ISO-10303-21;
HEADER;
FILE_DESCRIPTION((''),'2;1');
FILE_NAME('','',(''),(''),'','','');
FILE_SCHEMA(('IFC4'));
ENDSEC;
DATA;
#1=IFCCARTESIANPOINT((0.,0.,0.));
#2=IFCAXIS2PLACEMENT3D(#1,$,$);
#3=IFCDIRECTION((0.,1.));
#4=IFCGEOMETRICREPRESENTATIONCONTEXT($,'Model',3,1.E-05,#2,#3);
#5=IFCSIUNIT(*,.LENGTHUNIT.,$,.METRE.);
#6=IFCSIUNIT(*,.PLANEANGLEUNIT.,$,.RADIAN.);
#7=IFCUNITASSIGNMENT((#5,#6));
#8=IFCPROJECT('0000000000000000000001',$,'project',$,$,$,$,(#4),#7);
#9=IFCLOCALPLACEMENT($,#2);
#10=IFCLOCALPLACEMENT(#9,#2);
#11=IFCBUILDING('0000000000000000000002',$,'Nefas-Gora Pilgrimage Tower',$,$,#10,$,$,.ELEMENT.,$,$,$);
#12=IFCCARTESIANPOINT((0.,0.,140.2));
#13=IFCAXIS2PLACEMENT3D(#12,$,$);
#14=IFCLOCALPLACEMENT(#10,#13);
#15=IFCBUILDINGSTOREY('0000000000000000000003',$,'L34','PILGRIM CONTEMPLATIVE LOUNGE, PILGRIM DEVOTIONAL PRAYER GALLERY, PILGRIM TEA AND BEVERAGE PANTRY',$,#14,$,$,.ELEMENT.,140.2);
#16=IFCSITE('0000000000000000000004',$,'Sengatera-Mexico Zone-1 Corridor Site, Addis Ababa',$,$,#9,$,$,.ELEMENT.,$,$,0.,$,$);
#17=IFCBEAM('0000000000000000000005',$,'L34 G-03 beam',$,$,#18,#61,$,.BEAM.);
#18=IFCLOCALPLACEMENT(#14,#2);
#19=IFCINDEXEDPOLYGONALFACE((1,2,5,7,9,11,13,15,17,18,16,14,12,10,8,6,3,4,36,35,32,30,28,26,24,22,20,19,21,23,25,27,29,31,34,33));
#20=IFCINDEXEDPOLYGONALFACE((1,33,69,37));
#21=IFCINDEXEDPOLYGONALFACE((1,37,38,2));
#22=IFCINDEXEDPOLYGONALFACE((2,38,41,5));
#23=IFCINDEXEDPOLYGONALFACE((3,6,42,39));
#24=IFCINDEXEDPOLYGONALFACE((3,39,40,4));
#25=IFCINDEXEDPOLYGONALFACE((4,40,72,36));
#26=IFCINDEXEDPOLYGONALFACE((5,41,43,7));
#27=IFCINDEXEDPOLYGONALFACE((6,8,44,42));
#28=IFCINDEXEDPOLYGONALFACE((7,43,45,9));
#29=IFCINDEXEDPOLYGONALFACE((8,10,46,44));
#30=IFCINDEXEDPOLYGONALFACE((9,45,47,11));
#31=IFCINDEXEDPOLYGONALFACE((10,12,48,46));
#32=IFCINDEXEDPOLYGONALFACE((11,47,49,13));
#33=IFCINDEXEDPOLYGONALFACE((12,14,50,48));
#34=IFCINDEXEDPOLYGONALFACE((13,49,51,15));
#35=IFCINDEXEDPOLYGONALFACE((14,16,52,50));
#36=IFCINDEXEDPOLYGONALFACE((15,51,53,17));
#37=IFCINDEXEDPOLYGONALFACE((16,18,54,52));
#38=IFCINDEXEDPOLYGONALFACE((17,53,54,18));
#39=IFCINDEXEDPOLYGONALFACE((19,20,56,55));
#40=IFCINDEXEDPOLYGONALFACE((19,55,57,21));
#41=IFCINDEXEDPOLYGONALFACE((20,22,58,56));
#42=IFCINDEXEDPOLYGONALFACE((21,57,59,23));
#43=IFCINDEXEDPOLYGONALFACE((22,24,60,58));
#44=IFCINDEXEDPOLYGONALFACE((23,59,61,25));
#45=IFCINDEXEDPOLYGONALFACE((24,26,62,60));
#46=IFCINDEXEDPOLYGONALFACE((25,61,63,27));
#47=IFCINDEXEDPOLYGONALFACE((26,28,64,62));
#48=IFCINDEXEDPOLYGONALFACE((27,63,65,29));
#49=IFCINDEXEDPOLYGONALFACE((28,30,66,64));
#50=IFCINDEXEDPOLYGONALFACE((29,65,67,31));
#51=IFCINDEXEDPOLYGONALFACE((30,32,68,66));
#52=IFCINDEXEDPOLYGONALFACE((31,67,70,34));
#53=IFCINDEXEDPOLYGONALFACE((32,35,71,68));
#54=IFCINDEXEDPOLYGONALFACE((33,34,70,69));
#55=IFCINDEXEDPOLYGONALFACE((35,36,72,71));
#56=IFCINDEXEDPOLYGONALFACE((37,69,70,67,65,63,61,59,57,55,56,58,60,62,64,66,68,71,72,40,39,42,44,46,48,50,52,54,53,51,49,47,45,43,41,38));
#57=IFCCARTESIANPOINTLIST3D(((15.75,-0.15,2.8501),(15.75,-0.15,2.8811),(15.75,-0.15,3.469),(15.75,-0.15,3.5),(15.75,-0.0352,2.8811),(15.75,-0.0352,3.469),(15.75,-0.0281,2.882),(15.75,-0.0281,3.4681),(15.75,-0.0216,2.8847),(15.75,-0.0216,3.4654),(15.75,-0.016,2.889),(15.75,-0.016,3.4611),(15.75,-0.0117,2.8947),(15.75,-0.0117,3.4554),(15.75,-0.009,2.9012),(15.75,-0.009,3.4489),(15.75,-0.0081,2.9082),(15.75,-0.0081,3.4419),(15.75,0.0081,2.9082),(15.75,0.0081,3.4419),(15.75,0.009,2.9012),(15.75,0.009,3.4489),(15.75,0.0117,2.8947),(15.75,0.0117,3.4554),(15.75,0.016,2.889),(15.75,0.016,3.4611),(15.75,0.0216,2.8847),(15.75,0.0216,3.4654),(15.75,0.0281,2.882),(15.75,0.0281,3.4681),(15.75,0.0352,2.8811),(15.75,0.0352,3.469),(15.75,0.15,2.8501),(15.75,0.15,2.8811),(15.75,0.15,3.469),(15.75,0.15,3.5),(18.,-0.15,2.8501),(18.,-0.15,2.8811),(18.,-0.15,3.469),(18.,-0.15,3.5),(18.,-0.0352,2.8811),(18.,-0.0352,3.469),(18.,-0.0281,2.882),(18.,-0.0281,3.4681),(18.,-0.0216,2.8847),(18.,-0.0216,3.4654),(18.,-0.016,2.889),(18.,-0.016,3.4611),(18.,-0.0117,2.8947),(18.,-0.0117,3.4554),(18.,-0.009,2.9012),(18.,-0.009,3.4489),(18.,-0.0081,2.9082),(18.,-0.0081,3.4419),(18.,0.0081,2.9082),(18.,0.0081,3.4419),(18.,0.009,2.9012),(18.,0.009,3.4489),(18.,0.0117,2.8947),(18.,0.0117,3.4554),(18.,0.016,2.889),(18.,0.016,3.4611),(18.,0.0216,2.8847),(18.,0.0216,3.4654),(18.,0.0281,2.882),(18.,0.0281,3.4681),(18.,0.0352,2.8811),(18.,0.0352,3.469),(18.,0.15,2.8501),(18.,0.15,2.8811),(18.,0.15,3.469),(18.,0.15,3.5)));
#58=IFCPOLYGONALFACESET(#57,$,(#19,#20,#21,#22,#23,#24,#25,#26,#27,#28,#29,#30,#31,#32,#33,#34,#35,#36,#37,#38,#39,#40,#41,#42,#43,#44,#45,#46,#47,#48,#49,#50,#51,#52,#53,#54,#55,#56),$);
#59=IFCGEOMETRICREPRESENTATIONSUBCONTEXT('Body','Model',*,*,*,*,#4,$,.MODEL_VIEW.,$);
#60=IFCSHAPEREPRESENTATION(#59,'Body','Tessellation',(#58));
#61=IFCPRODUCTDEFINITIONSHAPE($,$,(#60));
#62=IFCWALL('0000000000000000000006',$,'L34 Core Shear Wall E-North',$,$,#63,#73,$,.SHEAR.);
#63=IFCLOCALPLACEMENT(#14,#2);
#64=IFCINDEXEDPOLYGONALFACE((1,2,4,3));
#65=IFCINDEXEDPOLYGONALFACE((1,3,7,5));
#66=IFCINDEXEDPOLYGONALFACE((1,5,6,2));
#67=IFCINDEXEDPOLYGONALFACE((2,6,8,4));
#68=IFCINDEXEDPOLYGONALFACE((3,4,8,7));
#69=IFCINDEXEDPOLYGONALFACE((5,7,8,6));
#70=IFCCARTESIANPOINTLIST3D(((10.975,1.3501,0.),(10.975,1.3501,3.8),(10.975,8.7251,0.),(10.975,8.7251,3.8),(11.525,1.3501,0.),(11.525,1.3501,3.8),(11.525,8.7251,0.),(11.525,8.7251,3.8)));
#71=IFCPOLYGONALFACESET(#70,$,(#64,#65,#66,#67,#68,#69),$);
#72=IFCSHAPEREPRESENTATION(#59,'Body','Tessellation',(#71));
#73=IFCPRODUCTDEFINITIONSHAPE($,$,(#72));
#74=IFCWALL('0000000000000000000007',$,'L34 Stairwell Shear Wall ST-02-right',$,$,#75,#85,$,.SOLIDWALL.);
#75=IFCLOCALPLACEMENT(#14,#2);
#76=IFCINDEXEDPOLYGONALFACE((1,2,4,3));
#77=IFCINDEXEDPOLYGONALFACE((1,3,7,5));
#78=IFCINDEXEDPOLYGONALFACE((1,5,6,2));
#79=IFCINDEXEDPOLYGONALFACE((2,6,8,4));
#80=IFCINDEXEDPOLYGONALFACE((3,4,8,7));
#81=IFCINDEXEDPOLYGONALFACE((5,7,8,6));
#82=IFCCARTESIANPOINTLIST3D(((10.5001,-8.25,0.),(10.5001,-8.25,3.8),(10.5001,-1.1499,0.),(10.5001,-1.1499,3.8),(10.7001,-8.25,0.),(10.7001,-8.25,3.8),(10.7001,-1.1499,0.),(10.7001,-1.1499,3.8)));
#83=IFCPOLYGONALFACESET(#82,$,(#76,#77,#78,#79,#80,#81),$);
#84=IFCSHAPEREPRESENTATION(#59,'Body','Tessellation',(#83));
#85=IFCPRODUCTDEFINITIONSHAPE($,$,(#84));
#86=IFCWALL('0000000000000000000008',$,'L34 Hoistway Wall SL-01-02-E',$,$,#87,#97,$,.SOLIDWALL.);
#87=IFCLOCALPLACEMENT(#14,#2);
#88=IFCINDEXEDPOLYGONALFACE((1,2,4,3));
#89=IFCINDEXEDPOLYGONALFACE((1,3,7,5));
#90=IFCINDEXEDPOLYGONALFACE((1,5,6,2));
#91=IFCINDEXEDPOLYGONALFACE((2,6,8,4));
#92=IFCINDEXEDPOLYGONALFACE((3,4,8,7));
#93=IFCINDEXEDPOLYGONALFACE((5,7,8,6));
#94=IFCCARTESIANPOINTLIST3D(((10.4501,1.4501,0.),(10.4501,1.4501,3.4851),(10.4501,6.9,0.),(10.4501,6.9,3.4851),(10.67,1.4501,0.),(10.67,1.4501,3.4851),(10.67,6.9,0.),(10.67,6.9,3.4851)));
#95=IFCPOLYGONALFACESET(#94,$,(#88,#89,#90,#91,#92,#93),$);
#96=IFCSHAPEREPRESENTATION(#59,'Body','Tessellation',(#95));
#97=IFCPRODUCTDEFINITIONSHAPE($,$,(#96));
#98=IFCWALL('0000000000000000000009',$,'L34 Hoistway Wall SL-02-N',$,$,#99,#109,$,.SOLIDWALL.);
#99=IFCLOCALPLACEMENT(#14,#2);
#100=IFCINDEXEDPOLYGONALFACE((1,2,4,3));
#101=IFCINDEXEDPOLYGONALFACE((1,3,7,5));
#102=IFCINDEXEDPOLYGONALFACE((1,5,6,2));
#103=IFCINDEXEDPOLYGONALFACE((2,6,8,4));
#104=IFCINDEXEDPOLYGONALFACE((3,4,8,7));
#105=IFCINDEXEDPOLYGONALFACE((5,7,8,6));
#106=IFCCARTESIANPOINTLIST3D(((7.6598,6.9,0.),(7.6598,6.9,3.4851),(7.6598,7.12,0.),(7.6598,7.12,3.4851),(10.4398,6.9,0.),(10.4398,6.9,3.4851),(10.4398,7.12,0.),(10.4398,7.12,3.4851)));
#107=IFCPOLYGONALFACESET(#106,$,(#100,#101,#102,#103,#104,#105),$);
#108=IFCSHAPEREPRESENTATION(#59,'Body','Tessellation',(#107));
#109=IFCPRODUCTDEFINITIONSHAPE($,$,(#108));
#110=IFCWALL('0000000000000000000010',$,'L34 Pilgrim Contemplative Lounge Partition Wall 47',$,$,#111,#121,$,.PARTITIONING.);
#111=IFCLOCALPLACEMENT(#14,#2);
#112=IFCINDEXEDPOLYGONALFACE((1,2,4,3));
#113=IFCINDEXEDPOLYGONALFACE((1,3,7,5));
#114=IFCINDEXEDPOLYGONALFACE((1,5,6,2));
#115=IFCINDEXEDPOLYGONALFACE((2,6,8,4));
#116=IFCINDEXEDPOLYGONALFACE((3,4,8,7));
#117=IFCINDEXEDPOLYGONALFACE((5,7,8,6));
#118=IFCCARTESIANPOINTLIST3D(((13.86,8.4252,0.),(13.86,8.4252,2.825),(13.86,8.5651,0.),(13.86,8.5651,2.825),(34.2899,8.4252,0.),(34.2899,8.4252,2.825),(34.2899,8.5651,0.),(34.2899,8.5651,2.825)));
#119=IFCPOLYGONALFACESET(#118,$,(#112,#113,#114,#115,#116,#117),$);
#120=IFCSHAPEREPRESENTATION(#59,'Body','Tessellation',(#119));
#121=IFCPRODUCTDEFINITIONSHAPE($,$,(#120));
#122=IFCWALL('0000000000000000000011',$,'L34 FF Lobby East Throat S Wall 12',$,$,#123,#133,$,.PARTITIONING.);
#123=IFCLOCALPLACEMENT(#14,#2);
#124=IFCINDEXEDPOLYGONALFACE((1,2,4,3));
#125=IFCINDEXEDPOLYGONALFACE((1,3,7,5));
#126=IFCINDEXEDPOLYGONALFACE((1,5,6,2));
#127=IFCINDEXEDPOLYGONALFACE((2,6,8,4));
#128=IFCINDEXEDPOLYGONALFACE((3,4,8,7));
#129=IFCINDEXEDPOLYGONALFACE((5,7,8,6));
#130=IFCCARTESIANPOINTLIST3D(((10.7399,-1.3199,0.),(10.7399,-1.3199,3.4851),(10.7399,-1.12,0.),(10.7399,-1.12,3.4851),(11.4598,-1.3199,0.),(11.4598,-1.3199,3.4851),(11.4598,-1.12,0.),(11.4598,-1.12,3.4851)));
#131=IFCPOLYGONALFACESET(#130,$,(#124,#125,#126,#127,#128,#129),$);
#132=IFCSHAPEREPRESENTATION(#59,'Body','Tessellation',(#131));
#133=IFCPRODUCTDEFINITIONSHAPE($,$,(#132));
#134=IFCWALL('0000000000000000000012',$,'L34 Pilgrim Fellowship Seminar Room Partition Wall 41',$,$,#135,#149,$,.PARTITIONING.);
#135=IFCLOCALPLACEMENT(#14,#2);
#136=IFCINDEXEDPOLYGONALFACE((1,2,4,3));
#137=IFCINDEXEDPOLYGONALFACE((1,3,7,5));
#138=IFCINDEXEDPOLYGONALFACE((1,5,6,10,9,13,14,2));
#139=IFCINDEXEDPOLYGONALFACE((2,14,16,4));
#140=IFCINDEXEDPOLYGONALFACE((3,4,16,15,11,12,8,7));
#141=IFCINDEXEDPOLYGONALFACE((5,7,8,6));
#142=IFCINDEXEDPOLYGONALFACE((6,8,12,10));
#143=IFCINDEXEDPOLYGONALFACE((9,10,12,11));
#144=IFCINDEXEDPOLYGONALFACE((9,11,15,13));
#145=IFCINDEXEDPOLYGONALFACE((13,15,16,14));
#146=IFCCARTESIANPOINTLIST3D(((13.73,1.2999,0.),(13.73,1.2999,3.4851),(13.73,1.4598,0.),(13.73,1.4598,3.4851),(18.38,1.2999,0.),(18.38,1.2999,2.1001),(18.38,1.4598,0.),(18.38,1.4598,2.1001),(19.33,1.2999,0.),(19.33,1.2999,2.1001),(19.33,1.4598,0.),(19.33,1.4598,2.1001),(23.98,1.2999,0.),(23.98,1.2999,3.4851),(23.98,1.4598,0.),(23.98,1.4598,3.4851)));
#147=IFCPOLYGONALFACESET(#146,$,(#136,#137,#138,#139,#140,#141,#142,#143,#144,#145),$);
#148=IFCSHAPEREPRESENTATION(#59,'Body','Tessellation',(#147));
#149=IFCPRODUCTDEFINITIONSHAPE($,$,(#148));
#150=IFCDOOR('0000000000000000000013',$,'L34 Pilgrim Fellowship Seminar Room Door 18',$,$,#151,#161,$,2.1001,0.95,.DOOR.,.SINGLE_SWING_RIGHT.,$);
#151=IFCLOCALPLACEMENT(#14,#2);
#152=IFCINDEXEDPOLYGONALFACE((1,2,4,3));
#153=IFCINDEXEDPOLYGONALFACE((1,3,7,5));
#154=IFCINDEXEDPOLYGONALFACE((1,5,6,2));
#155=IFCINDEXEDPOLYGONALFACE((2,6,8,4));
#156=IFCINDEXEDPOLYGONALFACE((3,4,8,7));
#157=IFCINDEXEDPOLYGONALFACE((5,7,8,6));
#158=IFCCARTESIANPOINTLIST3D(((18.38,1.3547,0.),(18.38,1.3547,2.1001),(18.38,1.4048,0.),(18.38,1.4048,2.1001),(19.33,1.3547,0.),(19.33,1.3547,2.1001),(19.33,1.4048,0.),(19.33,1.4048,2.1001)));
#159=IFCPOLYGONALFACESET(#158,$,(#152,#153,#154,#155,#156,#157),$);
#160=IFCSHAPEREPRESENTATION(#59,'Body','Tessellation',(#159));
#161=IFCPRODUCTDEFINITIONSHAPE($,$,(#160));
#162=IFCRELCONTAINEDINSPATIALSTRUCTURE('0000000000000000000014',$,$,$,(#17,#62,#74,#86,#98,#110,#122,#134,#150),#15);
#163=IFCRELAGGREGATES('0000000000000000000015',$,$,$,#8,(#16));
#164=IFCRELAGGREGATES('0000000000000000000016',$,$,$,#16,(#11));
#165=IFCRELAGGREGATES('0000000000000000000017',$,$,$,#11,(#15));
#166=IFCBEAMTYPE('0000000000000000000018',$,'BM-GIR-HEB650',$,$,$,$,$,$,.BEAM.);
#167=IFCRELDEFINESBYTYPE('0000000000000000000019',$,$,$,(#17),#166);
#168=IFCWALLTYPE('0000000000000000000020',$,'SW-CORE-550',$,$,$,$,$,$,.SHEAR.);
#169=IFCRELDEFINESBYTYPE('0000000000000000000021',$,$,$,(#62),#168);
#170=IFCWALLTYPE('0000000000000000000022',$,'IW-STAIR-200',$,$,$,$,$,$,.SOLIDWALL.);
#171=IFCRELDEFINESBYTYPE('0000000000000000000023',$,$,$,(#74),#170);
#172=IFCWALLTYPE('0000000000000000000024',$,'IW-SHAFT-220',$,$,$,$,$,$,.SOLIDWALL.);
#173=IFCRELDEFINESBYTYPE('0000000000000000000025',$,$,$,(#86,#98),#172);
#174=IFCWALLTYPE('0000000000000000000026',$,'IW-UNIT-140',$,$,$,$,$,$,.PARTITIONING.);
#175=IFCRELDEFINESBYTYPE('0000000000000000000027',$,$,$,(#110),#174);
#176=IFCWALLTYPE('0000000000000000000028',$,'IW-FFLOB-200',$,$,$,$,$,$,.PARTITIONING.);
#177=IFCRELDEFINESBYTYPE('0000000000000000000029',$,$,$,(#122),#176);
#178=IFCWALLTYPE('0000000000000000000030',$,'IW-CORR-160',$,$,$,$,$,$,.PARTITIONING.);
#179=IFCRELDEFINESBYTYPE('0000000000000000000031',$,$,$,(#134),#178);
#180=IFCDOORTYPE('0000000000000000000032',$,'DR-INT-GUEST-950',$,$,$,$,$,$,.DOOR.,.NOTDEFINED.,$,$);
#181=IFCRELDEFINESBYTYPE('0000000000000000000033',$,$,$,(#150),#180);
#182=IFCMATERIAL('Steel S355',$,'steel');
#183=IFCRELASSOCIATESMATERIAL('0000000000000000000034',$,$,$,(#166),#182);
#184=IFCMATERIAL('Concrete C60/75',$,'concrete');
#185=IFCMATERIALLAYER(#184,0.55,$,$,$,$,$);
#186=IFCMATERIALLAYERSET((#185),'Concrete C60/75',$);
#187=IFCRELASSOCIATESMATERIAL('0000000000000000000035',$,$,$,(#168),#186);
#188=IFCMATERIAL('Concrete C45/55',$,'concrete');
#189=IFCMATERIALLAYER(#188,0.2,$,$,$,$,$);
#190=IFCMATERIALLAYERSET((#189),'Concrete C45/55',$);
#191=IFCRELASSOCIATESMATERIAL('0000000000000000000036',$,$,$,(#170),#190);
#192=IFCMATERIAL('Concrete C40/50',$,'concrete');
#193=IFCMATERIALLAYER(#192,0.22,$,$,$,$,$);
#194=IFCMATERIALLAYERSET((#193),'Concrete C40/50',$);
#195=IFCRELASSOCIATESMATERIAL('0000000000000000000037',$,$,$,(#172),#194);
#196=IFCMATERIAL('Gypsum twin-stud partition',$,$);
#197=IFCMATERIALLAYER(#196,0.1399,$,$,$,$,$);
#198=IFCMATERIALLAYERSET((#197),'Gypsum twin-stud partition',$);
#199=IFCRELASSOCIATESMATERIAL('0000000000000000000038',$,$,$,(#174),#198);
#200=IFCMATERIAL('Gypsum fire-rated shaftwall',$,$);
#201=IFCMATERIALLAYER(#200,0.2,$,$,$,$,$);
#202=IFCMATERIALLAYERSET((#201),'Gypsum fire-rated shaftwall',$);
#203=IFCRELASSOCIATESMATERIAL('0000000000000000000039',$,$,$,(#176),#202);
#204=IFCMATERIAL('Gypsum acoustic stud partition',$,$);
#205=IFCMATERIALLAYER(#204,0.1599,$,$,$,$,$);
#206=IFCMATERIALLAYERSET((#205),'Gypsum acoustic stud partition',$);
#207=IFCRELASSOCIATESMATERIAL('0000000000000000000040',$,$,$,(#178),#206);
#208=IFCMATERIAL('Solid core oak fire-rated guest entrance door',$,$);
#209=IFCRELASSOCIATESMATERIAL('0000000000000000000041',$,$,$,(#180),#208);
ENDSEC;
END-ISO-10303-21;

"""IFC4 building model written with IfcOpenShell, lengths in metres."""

from ifc_helpers import new_model, si_unit, direction, frame, frame_2d, origin, origin_2d, place, context, subcontext, project, spatial, rectangle, i_section, extrude, source, transform, mapped, material, layer, layer_set, material_profile, profile_set, type_object, element, fill, save


model = new_model("IFC4")

# Units and contexts
model_context = context("Model", 3, precision=1e-05, world=origin(), true_north=direction((0.0, 1.0)))
body_context = subcontext(model_context, "Body", "Model", "MODEL_VIEW")
ifc_project = project(units=[si_unit("LENGTHUNIT", "METRE"), si_unit("PLANEANGLEUNIT", "RADIAN")], contexts=[model_context])

# Site, building, storey
site_placement = place(None, origin())
site = spatial("IfcSite", under=ifc_project, at=site_placement, Name="Sengatera-Mexico Zone-1 Corridor Site, Addis Ababa", CompositionType="ELEMENT", RefElevation=0.0)
building_placement = place(site_placement, origin())
building = spatial("IfcBuilding", under=site, at=building_placement, Name="Nefas-Gora Pilgrimage Tower", CompositionType="ELEMENT")
storey_placement = place(building_placement, frame((0.0, 0.0, 140.2)))
storey = spatial("IfcBuildingStorey", under=building, at=storey_placement, Name="L34", Description="PILGRIM CONTEMPLATIVE LOUNGE, PILGRIM DEVOTIONAL PRAYER GALLERY, PILGRIM TEA AND BEVERAGE PANTRY", CompositionType="ELEMENT", Elevation=140.2)

# Beam
ifc_material_1 = material(Name="Steel S355", Category="steel")
ifc_material_profile_1 = material_profile(ifc_material_1, i_section(OverallWidth=0.3, OverallDepth=0.6499, WebThickness=0.0161, FlangeThickness=0.031, FilletRadius=0.0271, at=origin_2d()), Name="HEB 650")
ifc_profile_set_1 = profile_set([ifc_material_profile_1], Name="Steel S355")
beam_type = type_object("IfcBeamType", Name="BM-GIR-HEB650", PredefinedType="BEAM", material=ifc_profile_set_1)
shared_shape_1 = source(origin(), body_context, "Body", "SweptSolid", [
    extrude(i_section(OverallWidth=0.3, OverallDepth=0.6499, WebThickness=0.0161, FlangeThickness=0.031, FilletRadius=0.0271, at=origin_2d()), origin(), (0.0, 0.0, 1.0), 2.25),
])
beam_placement = place(storey_placement, frame((15.75, 0.0, 3.175), z_axis=(1.0, 0.0, 0.0), x_axis=(0.0, 1.0, 0.0)))
element("IfcBeam", 1, at=beam_placement, inside=storey, type_object=beam_type, Name="L34 G-03 beam", PredefinedType="BEAM", context=body_context, shape_type="MappedRepresentation", body=[
    mapped(shared_shape_1, transform((0.0, 0.0, 0.0), x_axis=(1.0, 0.0, 0.0), y_axis=(0.0, 1.0, 0.0), z_axis=(0.0, 0.0, 1.0), scale=1.0)),
])

# Walls
ifc_material_2 = material(Name="Concrete C60/75", Category="concrete")
ifc_layer_1 = layer(ifc_material_2, 0.55)
ifc_layer_set_1 = layer_set([ifc_layer_1], Name="Concrete C60/75")
wall_type_1 = type_object("IfcWallType", Name="SW-CORE-550", PredefinedType="SHEAR", material=ifc_layer_set_1)
shared_shape_2 = source(origin(), body_context, "Body", "SweptSolid", [
    extrude(rectangle(XDim=7.375, YDim=0.55, at=frame_2d((3.6875, 0.0))), origin(), (0.0, 0.0, 1.0), 3.8),
])
wall_1_placement = place(storey_placement, frame((11.25, 1.3501, 0.0), z_axis=(0.0, 0.0, 1.0), x_axis=(0.0, 1.0, 0.0)))
element("IfcWall", 2, at=wall_1_placement, inside=storey, type_object=wall_type_1, Name="L34 Core Shear Wall E-North", PredefinedType="SHEAR", context=body_context, shape_type="MappedRepresentation", body=[
    mapped(shared_shape_2, transform((0.0, 0.0, 0.0), x_axis=(1.0, 0.0, 0.0), y_axis=(0.0, 1.0, 0.0), z_axis=(0.0, 0.0, 1.0), scale=1.0)),
])
ifc_material_3 = material(Name="Concrete C45/55", Category="concrete")
ifc_layer_2 = layer(ifc_material_3, 0.2)
ifc_layer_set_2 = layer_set([ifc_layer_2], Name="Concrete C45/55")
wall_type_2 = type_object("IfcWallType", Name="IW-STAIR-200", PredefinedType="SOLIDWALL", material=ifc_layer_set_2)
shared_shape_3 = source(origin(), body_context, "Body", "SweptSolid", [
    extrude(rectangle(XDim=7.1001, YDim=0.2, at=frame_2d((3.55, 0.0))), origin(), (0.0, 0.0, 1.0), 3.8),
])
wall_2_placement = place(storey_placement, frame((10.6001, -1.1499, 0.0), z_axis=(0.0, 0.0, 1.0), x_axis=(0.0, -1.0, 0.0)))
element("IfcWall", 3, at=wall_2_placement, inside=storey, type_object=wall_type_2, Name="L34 Stairwell Shear Wall ST-02-right", PredefinedType="SOLIDWALL", context=body_context, shape_type="MappedRepresentation", body=[
    mapped(shared_shape_3, transform((0.0, 0.0, 0.0), x_axis=(1.0, 0.0, 0.0), y_axis=(0.0, 1.0, 0.0), z_axis=(0.0, 0.0, 1.0), scale=1.0)),
])
ifc_material_4 = material(Name="Concrete C40/50", Category="concrete")
ifc_layer_3 = layer(ifc_material_4, 0.22)
ifc_layer_set_3 = layer_set([ifc_layer_3], Name="Concrete C40/50")
wall_type_3 = type_object("IfcWallType", Name="IW-SHAFT-220", PredefinedType="SOLIDWALL", material=ifc_layer_set_3)
shared_shape_4 = source(origin(), body_context, "Body", "SweptSolid", [
    extrude(rectangle(XDim=5.45, YDim=0.22, at=frame_2d((2.7251, 0.0))), origin(), (0.0, 0.0, 1.0), 3.4851),
])
wall_3_placement = place(storey_placement, frame((10.5601, 1.45, 0.0), z_axis=(0.0, 0.0, 1.0), x_axis=(0.0, 1.0, 0.0)))
element("IfcWall", 4, at=wall_3_placement, inside=storey, type_object=wall_type_3, Name="L34 Hoistway Wall SL-01-02-E", PredefinedType="SOLIDWALL", context=body_context, shape_type="MappedRepresentation", body=[
    mapped(shared_shape_4, transform((0.0, 0.0, 0.0), x_axis=(1.0, 0.0, 0.0), y_axis=(0.0, 1.0, 0.0), z_axis=(0.0, 0.0, 1.0), scale=1.0)),
])
shared_shape_5 = source(origin(), body_context, "Body", "SweptSolid", [
    extrude(rectangle(XDim=2.78, YDim=0.22, at=frame_2d((1.3901, 0.0))), origin(), (0.0, 0.0, 1.0), 3.4851),
])
wall_4_placement = place(storey_placement, frame((10.4399, 7.01, 0.0), z_axis=(0.0, 0.0, 1.0), x_axis=(-1.0, 0.0, 0.0)))
element("IfcWall", 5, at=wall_4_placement, inside=storey, type_object=wall_type_3, Name="L34 Hoistway Wall SL-02-N", PredefinedType="SOLIDWALL", context=body_context, shape_type="MappedRepresentation", body=[
    mapped(shared_shape_5, transform((0.0, 0.0, 0.0), x_axis=(1.0, 0.0, 0.0), y_axis=(0.0, 1.0, 0.0), z_axis=(0.0, 0.0, 1.0), scale=1.0)),
])
ifc_material_5 = material(Name="Gypsum twin-stud partition")
ifc_layer_4 = layer(ifc_material_5, 0.1399)
ifc_layer_set_4 = layer_set([ifc_layer_4], Name="Gypsum twin-stud partition")
wall_type_4 = type_object("IfcWallType", Name="IW-UNIT-140", PredefinedType="PARTITIONING", material=ifc_layer_set_4)
shared_shape_6 = source(origin(), body_context, "Body", "SweptSolid", [
    extrude(rectangle(XDim=20.4299, YDim=0.1399, at=frame_2d((10.2148, 0.0))), origin(), (0.0, 0.0, 1.0), 2.825),
])
wall_5_placement = place(storey_placement, frame((13.8601, 8.4951, 0.0), z_axis=(0.0, 0.0, 1.0), x_axis=(1.0, 0.0, 0.0)))
element("IfcWall", 6, at=wall_5_placement, inside=storey, type_object=wall_type_4, Name="L34 Pilgrim Contemplative Lounge Partition Wall 47", PredefinedType="PARTITIONING", context=body_context, shape_type="MappedRepresentation", body=[
    mapped(shared_shape_6, transform((0.0, 0.0, 0.0), x_axis=(1.0, 0.0, 0.0), y_axis=(0.0, 1.0, 0.0), z_axis=(0.0, 0.0, 1.0), scale=1.0)),
])
ifc_material_6 = material(Name="Gypsum fire-rated shaftwall")
ifc_layer_5 = layer(ifc_material_6, 0.2)
ifc_layer_set_5 = layer_set([ifc_layer_5], Name="Gypsum fire-rated shaftwall")
wall_type_5 = type_object("IfcWallType", Name="IW-FFLOB-200", PredefinedType="PARTITIONING", material=ifc_layer_set_5)
shared_shape_7 = source(origin(), body_context, "Body", "SweptSolid", [
    extrude(rectangle(XDim=0.72, YDim=0.2, at=frame_2d((0.3599, 0.0))), origin(), (0.0, 0.0, 1.0), 3.4851),
])
wall_6_placement = place(storey_placement, frame((10.74, -1.22, 0.0), z_axis=(0.0, 0.0, 1.0), x_axis=(1.0, 0.0, 0.0)))
element("IfcWall", 7, at=wall_6_placement, inside=storey, type_object=wall_type_5, Name="L34 FF Lobby East Throat S Wall 12", PredefinedType="PARTITIONING", context=body_context, shape_type="MappedRepresentation", body=[
    mapped(shared_shape_7, transform((0.0, 0.0, 0.0), x_axis=(1.0, 0.0, 0.0), y_axis=(0.0, 1.0, 0.0), z_axis=(0.0, 0.0, 1.0), scale=1.0)),
])

# Wall, opening, door
ifc_material_7 = material(Name="Gypsum acoustic stud partition")
ifc_layer_6 = layer(ifc_material_7, 0.1599)
ifc_layer_set_6 = layer_set([ifc_layer_6], Name="Gypsum acoustic stud partition")
wall_type_6 = type_object("IfcWallType", Name="IW-CORR-160", PredefinedType="PARTITIONING", material=ifc_layer_set_6)
shared_shape_8 = source(origin(), body_context, "Body", "SweptSolid", [
    extrude(rectangle(XDim=10.25, YDim=0.1599, at=frame_2d((5.125, 0.0))), origin(), (0.0, 0.0, 1.0), 3.4851),
])
wall_7_placement = place(storey_placement, frame((13.73, 1.3799, 0.0), z_axis=(0.0, 0.0, 1.0), x_axis=(1.0, 0.0, 0.0)))
wall_7 = element("IfcWall", 8, at=wall_7_placement, inside=storey, type_object=wall_type_6, Name="L34 Pilgrim Fellowship Seminar Room Partition Wall 41", PredefinedType="PARTITIONING", context=body_context, shape_type="MappedRepresentation", body=[
    mapped(shared_shape_8, transform((0.0, 0.0, 0.0), x_axis=(1.0, 0.0, 0.0), y_axis=(0.0, 1.0, 0.0), z_axis=(0.0, 0.0, 1.0), scale=1.0)),
])
opening_1_placement = place(wall_7_placement, frame((4.6499, 0.0, 0.0)))
opening_1 = element("IfcOpeningElement", 9, at=opening_1_placement, cuts=wall_7, PredefinedType="OPENING", context=body_context, shape_type="SweptSolid", body=[
    extrude(rectangle(XDim=0.95, YDim=2.1001, at=frame_2d((0.4751, 1.05))), frame((0.0, 0.0898, 0.0), z_axis=(0.0, -1.0, 0.0), x_axis=(1.0, 0.0, 0.0)), (0.0, 0.0, 1.0), 0.1799),
])
ifc_material_8 = material(Name="Solid core oak fire-rated guest entrance door")
door_type = type_object("IfcDoorType", Name="DR-INT-GUEST-950", OperationType="NOTDEFINED", PredefinedType="DOOR", material=ifc_material_8)
shared_shape_9 = source(origin(), body_context, "Body", "SweptSolid", [
    extrude(rectangle(XDim=0.95, YDim=2.1001, at=frame_2d((0.4751, 1.05))), frame((0.0, 0.0249, 0.0), z_axis=(0.0, -1.0, 0.0), x_axis=(1.0, 0.0, 0.0)), (0.0, 0.0, 1.0), 0.05),
])
door_1_placement = place(opening_1_placement, origin())
door_1 = element("IfcDoor", 10, at=door_1_placement, inside=storey, type_object=door_type, Name="L34 Pilgrim Fellowship Seminar Room Door 18", OperationType="SINGLE_SWING_RIGHT", OverallHeight=2.1001, OverallWidth=0.95, PredefinedType="DOOR", context=body_context, shape_type="MappedRepresentation", body=[
    mapped(shared_shape_9, transform((0.0, 0.0, 0.0), x_axis=(1.0, 0.0, 0.0), y_axis=(0.0, 1.0, 0.0), z_axis=(0.0, 0.0, 1.0), scale=1.0)),
])
fill(opening_1, door_1)

save(model, "model.ifc")
